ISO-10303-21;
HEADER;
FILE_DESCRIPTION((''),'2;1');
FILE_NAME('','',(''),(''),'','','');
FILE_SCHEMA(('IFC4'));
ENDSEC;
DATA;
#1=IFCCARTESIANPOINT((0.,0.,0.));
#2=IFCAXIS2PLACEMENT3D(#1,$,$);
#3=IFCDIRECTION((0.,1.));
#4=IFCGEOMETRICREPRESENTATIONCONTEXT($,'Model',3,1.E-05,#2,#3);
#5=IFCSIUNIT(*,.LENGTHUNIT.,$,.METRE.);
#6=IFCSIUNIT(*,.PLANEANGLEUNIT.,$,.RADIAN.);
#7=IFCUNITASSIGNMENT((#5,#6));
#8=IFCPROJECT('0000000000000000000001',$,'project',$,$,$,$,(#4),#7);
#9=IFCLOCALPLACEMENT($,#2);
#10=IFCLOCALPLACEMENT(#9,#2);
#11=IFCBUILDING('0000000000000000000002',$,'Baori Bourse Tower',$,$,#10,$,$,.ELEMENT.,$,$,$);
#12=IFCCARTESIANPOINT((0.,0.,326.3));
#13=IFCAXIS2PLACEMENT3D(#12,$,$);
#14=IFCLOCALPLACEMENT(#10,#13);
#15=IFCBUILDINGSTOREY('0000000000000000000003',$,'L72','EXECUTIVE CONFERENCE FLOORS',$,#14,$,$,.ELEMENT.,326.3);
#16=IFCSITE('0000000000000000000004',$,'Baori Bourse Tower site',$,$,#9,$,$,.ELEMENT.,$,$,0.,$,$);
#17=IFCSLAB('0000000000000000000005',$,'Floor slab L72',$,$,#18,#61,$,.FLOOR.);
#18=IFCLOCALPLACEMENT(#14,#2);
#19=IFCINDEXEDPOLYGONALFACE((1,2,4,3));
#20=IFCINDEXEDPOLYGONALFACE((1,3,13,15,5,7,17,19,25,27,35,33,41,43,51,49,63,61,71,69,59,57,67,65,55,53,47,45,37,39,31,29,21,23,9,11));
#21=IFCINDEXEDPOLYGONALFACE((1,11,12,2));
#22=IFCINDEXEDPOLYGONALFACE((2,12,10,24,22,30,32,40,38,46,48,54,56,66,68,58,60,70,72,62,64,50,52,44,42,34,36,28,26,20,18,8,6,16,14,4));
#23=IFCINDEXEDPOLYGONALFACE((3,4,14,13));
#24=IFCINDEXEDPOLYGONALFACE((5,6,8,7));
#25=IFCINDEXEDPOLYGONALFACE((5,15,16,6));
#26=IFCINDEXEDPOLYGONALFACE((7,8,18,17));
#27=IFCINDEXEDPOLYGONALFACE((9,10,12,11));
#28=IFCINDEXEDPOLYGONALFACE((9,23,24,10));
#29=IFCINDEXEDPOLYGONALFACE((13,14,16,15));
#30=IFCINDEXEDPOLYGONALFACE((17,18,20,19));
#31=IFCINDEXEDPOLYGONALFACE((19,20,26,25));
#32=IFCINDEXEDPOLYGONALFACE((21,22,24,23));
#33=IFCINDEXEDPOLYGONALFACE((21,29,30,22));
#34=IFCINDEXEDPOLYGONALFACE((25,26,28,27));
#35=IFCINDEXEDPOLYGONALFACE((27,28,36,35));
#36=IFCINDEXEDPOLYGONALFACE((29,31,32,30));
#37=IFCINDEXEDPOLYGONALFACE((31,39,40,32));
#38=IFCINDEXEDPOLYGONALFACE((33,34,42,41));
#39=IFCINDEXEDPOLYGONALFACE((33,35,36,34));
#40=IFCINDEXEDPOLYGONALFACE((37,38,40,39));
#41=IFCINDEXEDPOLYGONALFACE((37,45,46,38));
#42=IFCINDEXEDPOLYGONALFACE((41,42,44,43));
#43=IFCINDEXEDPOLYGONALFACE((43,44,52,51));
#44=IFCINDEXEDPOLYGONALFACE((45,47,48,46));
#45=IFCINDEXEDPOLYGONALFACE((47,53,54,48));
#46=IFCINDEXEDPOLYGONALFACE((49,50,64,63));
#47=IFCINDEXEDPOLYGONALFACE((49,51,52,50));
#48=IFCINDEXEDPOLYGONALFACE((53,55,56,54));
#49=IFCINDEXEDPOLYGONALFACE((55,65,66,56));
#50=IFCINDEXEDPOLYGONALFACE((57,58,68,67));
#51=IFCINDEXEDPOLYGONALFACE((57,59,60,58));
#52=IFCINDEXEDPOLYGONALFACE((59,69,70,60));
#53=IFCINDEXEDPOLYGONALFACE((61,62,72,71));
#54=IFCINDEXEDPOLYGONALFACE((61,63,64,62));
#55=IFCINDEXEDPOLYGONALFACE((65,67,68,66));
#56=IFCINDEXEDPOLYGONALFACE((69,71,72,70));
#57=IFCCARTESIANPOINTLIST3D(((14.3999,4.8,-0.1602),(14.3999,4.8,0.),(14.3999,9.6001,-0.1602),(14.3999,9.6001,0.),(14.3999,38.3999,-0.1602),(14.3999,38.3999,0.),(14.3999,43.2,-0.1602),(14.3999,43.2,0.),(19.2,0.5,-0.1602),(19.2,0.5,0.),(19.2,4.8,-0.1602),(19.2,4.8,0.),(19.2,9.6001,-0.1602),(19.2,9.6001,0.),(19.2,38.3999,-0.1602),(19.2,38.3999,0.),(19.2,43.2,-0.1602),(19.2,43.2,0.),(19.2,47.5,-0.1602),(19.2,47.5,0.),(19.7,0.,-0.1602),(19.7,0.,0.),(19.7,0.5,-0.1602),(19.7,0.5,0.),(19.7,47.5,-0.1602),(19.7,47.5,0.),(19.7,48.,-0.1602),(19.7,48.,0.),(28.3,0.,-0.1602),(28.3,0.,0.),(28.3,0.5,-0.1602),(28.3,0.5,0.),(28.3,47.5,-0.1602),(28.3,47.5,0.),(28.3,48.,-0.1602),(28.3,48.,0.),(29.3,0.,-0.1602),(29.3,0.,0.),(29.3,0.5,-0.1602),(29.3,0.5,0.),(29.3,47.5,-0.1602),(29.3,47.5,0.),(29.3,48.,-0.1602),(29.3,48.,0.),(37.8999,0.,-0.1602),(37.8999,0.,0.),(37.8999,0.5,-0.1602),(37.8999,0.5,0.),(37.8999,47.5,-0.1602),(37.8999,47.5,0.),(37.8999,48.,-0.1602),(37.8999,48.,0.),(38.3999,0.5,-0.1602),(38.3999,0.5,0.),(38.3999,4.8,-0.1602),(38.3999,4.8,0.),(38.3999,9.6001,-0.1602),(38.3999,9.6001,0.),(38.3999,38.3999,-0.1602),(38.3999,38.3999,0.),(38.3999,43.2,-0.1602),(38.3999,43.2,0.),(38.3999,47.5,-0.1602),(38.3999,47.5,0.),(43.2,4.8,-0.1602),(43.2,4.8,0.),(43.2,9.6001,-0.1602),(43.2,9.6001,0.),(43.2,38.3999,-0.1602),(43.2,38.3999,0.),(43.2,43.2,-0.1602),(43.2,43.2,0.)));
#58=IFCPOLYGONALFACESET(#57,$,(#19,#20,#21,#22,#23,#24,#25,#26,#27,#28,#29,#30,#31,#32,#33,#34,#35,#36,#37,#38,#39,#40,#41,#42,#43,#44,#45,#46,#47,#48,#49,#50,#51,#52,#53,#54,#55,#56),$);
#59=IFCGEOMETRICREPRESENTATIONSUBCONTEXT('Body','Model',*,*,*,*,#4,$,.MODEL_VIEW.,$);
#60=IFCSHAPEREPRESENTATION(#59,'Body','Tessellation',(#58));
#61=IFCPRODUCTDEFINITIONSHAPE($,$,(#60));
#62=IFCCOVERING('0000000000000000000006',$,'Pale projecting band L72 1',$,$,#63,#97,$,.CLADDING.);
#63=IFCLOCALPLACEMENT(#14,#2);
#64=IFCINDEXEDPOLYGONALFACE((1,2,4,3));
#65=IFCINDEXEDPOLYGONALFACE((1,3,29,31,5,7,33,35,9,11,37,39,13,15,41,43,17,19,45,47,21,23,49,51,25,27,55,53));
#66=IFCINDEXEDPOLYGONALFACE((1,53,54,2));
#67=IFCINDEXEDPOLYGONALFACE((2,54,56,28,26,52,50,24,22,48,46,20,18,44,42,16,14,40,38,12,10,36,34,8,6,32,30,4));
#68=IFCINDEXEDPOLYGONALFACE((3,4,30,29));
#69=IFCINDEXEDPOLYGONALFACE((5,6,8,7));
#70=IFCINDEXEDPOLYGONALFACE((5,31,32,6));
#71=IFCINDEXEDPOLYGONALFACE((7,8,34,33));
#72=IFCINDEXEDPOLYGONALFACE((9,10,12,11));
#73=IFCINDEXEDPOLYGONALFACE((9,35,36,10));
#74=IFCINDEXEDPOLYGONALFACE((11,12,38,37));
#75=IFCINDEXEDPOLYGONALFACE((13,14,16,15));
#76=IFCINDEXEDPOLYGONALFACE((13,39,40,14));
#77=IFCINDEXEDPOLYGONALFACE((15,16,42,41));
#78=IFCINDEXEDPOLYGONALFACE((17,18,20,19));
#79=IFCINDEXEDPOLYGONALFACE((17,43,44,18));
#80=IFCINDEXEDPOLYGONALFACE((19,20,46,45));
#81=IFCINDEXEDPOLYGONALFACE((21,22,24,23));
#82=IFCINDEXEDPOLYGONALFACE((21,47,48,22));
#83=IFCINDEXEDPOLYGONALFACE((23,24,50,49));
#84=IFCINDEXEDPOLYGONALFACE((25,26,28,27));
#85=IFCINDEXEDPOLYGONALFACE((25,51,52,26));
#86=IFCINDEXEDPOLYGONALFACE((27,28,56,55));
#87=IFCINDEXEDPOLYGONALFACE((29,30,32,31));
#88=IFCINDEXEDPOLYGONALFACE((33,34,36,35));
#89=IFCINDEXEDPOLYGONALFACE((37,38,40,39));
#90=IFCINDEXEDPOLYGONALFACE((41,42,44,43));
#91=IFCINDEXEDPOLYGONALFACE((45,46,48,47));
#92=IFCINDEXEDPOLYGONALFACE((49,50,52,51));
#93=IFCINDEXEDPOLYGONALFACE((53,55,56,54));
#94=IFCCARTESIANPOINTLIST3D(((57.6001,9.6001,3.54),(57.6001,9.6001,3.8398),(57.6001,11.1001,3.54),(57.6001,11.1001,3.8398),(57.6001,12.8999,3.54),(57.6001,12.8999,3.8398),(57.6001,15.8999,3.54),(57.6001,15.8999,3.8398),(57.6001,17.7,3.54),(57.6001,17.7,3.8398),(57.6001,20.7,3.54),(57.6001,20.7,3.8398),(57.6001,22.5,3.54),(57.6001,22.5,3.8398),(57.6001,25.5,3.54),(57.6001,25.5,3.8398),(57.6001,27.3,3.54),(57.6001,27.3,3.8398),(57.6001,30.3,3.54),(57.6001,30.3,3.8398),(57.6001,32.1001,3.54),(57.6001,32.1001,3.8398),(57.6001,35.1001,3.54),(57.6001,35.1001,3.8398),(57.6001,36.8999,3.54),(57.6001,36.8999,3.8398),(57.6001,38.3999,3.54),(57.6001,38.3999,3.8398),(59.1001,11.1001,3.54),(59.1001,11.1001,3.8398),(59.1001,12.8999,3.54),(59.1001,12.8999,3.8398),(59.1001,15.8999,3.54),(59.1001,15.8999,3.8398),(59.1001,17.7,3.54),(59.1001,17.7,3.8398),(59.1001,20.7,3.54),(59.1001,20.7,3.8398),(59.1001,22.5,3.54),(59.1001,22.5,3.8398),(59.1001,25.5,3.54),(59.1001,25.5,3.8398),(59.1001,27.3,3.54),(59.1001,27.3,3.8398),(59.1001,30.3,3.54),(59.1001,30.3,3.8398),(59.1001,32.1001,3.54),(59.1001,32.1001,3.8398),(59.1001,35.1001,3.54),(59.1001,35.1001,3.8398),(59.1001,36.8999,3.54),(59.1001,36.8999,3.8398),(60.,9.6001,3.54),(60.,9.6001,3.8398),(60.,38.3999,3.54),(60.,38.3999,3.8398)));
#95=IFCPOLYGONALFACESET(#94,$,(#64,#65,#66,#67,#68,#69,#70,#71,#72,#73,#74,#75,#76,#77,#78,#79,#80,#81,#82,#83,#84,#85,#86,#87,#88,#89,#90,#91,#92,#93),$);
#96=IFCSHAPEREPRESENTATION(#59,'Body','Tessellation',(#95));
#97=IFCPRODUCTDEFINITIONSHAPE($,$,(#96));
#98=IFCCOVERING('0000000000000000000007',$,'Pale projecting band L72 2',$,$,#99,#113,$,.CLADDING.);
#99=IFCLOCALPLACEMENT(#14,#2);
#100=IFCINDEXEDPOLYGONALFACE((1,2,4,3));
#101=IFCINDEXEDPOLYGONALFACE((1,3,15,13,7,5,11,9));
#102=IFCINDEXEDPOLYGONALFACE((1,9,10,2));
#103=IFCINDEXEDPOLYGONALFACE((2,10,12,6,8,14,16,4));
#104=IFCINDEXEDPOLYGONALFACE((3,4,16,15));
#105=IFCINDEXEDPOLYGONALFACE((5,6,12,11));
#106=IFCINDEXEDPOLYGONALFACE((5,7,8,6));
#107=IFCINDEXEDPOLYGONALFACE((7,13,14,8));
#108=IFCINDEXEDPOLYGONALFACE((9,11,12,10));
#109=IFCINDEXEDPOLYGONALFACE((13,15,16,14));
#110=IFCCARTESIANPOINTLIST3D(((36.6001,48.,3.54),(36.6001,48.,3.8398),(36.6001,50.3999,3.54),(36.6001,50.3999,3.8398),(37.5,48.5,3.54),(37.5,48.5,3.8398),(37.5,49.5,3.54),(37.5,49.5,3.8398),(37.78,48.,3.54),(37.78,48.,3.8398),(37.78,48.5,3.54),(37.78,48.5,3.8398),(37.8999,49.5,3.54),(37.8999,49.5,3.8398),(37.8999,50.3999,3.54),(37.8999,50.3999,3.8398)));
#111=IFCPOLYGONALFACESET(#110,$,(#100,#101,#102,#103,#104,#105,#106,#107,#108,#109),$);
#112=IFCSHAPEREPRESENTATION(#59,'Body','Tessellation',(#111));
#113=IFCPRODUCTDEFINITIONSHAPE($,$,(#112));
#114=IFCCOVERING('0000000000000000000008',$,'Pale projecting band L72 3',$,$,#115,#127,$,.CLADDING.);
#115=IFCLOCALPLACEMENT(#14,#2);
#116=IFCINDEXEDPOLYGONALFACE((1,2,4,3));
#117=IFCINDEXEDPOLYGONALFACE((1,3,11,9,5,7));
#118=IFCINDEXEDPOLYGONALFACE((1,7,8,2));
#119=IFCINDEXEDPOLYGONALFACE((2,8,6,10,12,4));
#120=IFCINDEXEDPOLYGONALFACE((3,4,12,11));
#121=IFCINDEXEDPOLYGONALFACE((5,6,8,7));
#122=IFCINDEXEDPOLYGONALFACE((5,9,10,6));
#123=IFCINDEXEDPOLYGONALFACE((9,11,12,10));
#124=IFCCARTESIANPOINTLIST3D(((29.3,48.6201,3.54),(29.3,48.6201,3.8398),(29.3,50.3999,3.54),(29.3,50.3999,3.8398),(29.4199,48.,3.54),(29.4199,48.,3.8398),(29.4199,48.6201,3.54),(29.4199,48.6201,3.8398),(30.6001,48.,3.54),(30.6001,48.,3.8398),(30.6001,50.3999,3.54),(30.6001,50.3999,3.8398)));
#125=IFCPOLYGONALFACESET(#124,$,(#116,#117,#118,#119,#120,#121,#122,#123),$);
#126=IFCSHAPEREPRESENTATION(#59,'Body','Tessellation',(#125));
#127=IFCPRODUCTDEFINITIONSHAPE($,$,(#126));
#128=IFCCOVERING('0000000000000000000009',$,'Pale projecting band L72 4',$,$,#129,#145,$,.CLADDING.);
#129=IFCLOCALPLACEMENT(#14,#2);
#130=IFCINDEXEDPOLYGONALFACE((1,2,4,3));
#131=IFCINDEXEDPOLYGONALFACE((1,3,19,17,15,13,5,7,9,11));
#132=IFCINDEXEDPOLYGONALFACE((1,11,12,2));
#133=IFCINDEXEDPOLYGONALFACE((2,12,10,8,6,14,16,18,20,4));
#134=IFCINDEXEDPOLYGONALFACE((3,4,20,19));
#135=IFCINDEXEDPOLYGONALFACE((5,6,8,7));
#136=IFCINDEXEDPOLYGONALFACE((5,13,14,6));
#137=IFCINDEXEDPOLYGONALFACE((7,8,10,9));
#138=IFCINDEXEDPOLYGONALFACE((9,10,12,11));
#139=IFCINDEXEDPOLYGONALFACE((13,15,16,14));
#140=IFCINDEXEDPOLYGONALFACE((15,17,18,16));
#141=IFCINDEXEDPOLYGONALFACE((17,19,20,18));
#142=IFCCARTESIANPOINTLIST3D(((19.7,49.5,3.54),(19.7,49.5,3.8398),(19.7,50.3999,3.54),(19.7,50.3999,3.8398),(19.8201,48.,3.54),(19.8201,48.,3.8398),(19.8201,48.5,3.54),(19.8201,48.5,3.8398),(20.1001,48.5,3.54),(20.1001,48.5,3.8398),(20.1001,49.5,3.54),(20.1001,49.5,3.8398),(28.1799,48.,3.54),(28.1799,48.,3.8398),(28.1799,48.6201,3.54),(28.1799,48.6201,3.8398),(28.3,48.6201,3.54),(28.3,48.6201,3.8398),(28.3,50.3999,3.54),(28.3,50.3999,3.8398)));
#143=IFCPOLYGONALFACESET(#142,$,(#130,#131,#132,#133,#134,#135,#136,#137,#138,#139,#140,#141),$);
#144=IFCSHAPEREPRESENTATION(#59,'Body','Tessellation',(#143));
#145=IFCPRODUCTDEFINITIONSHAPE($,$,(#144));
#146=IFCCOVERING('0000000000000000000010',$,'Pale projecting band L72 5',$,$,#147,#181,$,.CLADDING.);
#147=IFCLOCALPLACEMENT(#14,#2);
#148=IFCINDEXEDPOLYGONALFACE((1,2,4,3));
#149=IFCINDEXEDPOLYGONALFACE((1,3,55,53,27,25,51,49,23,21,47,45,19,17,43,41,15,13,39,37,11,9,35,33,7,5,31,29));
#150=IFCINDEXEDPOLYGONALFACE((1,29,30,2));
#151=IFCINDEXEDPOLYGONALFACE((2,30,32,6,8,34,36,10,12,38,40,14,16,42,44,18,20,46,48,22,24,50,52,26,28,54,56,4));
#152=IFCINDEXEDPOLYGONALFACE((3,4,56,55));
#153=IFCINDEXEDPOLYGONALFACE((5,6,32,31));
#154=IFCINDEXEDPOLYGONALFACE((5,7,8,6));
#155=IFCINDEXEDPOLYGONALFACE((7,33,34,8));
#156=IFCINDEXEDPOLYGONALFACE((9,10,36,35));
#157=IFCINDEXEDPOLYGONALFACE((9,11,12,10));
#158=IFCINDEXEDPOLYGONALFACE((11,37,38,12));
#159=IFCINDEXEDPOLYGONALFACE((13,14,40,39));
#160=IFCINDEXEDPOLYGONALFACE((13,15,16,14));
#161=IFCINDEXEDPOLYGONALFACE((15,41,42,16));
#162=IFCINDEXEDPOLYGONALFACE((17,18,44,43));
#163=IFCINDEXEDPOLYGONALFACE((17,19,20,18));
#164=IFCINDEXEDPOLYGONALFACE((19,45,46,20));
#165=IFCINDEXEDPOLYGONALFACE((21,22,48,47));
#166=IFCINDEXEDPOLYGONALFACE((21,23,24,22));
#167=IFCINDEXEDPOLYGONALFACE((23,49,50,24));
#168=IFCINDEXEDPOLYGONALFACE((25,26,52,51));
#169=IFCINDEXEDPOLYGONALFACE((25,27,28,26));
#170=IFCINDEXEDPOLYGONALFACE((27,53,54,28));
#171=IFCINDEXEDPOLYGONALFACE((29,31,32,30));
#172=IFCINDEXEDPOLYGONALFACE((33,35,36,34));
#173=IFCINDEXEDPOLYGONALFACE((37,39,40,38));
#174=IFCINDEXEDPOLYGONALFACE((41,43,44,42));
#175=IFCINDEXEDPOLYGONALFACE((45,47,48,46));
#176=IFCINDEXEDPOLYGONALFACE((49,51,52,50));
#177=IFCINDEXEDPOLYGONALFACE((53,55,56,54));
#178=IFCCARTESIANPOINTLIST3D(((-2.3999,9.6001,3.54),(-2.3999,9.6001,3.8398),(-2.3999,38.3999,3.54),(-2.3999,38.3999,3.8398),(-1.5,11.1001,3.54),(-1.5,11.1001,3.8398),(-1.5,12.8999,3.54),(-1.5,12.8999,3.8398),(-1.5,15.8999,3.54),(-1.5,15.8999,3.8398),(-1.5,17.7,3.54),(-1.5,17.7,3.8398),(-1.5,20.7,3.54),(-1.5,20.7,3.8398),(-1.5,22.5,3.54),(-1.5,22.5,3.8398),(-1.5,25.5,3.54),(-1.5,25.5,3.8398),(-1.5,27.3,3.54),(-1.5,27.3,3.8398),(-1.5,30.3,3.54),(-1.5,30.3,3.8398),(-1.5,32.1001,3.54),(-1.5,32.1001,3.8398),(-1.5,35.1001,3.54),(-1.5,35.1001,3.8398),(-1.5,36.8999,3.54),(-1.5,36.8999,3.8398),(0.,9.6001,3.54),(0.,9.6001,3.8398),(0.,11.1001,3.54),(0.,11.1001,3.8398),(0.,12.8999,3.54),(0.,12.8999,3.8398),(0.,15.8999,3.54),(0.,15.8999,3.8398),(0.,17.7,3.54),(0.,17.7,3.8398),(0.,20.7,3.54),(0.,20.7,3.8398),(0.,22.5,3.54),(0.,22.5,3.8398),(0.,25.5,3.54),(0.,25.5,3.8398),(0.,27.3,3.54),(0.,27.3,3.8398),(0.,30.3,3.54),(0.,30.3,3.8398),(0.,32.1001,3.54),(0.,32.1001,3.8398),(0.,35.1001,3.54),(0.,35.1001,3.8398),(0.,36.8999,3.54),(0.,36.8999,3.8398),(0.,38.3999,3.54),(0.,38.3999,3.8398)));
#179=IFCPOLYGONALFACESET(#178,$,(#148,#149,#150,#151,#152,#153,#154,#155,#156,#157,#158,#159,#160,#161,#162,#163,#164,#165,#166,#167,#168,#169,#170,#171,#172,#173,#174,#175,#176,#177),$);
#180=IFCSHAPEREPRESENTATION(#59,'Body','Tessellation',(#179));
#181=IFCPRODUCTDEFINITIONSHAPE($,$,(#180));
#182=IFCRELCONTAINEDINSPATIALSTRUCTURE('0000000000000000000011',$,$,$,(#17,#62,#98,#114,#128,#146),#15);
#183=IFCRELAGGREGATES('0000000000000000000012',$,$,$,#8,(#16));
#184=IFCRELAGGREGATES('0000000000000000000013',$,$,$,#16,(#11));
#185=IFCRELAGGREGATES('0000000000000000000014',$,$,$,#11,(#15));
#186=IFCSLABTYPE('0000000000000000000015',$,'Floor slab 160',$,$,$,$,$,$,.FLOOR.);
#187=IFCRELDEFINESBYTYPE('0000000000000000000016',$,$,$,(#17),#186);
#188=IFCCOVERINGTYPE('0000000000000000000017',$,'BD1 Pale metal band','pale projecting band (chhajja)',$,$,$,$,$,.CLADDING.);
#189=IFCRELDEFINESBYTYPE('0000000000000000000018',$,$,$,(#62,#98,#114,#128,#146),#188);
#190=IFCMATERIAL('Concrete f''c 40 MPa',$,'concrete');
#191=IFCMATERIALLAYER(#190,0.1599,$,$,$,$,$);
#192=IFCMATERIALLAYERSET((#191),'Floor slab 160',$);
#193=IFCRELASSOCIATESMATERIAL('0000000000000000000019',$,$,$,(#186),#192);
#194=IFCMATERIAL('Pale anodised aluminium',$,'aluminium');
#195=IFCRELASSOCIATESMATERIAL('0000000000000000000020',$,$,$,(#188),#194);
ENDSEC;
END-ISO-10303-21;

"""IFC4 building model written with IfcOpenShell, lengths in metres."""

from ifc_helpers import new_model, si_unit, direction, frame, origin, place, context, subcontext, project, spatial, polyline, outline, extrude, material, layer, layer_set, type_object, element, save


model = new_model("IFC4")

# Units and contexts
model_context = context("Model", 3, precision=1e-05, world=origin(), true_north=direction((0.0, 1.0)))
body_context = subcontext(model_context, "Body", "Model", "MODEL_VIEW")
ifc_project = project(units=[si_unit("LENGTHUNIT", "METRE"), si_unit("PLANEANGLEUNIT", "RADIAN")], contexts=[model_context])

# Site, building, storey
site_placement = place(None, origin())
site = spatial("IfcSite", under=ifc_project, at=site_placement, Name="Baori Bourse Tower site", CompositionType="ELEMENT", RefElevation=0.0)
building_placement = place(site_placement, origin())
building = spatial("IfcBuilding", under=site, at=building_placement, Name="Baori Bourse Tower", CompositionType="ELEMENT")
storey_placement = place(building_placement, frame((0.0, 0.0, 326.3)))
storey = spatial("IfcBuildingStorey", under=building, at=storey_placement, Name="L72", Description="EXECUTIVE CONFERENCE FLOORS", CompositionType="ELEMENT", Elevation=326.3)

# Slab
ifc_material_1 = material(Name="Concrete f'c 40 MPa", Category="concrete")
ifc_layer_1 = layer(ifc_material_1, 0.1599)
ifc_layer_set_1 = layer_set([ifc_layer_1], Name="Floor slab 160")
slab_type_1 = type_object("IfcSlabType", Name="Floor slab 160", PredefinedType="FLOOR", material=ifc_layer_set_1)
slab_1_placement = place(storey_placement, frame((0.0, 0.0, -0.1602)))
element("IfcSlab", 1, at=slab_1_placement, inside=storey, type_object=slab_type_1, Name="Floor slab L72", PredefinedType="FLOOR", context=body_context, shape_type="SweptSolid", body=[
    extrude(outline(polyline([(19.2, 4.8), (14.3999, 4.8), (14.3999, 9.6001), (19.2, 9.6001), (19.2, 38.3999), (14.3999, 38.3999), (14.3999, 43.2), (19.2, 43.2), (19.2, 47.5), (19.7, 47.5), (19.7, 48.0), (28.3, 48.0), (28.3, 47.5), (29.3, 47.5), (29.3, 48.0), (37.8999, 48.0), (37.8999, 47.5), (38.3999, 47.5), (38.3999, 43.2), (43.2, 43.2), (43.2, 38.3999), (38.3999, 38.3999), (38.3999, 9.6001), (43.2, 9.6001), (43.2, 4.8), (38.3999, 4.8), (38.3999, 0.5), (37.8999, 0.5), (37.8999, 0.0), (29.3, 0.0), (29.3, 0.5), (28.3, 0.5), (28.3, 0.0), (19.7, 0.0), (19.7, 0.5), (19.2, 0.5), (19.2, 4.8)])), origin(), (0.0, 0.0, 1.0), 0.1602),
])

# Coverings
ifc_material_2 = material(Name="Pale anodised aluminium", Category="aluminium")
covering_type_1 = type_object("IfcCoveringType", Name="BD1 Pale metal band", Description="pale projecting band (chhajja)", PredefinedType="CLADDING", material=ifc_material_2)
covering_1_placement = place(storey_placement, frame((0.0, 0.0, 3.54)))
element("IfcCovering", 2, at=covering_1_placement, inside=storey, type_object=covering_type_1, Name="Pale projecting band L72 1", PredefinedType="CLADDING", context=body_context, shape_type="SweptSolid", body=[
    extrude(outline(polyline([(57.6001, 11.1001), (57.6001, 9.6001), (60.0, 9.6001), (60.0, 38.3999), (57.6001, 38.3999), (57.6001, 36.8999), (59.1001, 36.8999), (59.1001, 35.1001), (57.6001, 35.1001), (57.6001, 32.1001), (59.1001, 32.1001), (59.1001, 30.3), (57.6001, 30.3), (57.6001, 27.3), (59.1001, 27.3), (59.1001, 25.5), (57.6001, 25.5), (57.6001, 22.5), (59.1001, 22.5), (59.1001, 20.7), (57.6001, 20.7), (57.6001, 17.7), (59.1001, 17.7), (59.1001, 15.8999), (57.6001, 15.8999), (57.6001, 12.8999), (59.1001, 12.8999), (59.1001, 11.1001), (57.6001, 11.1001)])), origin(), (0.0, 0.0, 1.0), 0.2998),
])
covering_2_placement = place(storey_placement, frame((0.0, 0.0, 3.54)))
element("IfcCovering", 3, at=covering_2_placement, inside=storey, type_object=covering_type_1, Name="Pale projecting band L72 2", PredefinedType="CLADDING", context=body_context, shape_type="SweptSolid", body=[
    extrude(outline(polyline([(36.6001, 48.0), (37.78, 48.0), (37.78, 48.5), (37.5, 48.5), (37.5, 49.5), (37.8999, 49.5), (37.8999, 50.3999), (36.6001, 50.3999), (36.6001, 48.0)])), origin(), (0.0, 0.0, 1.0), 0.2998),
])
covering_3_placement = place(storey_placement, frame((0.0, 0.0, 3.54)))
element("IfcCovering", 4, at=covering_3_placement, inside=storey, type_object=covering_type_1, Name="Pale projecting band L72 3", PredefinedType="CLADDING", context=body_context, shape_type="SweptSolid", body=[
    extrude(outline(polyline([(29.4199, 48.0), (30.6001, 48.0), (30.6001, 50.3999), (29.3, 50.3999), (29.3, 48.6201), (29.4199, 48.6201), (29.4199, 48.0)])), origin(), (0.0, 0.0, 1.0), 0.2998),
])
covering_4_placement = place(storey_placement, frame((0.0, 0.0, 3.54)))
element("IfcCovering", 5, at=covering_4_placement, inside=storey, type_object=covering_type_1, Name="Pale projecting band L72 4", PredefinedType="CLADDING", context=body_context, shape_type="SweptSolid", body=[
    extrude(outline(polyline([(19.8201, 48.0), (28.1799, 48.0), (28.1799, 48.6201), (28.3, 48.6201), (28.3, 50.3999), (19.7, 50.3999), (19.7, 49.5), (20.1001, 49.5), (20.1001, 48.5), (19.8201, 48.5), (19.8201, 48.0)])), origin(), (0.0, 0.0, 1.0), 0.2998),
])
covering_5_placement = place(storey_placement, frame((0.0, 0.0, 3.54)))
element("IfcCovering", 6, at=covering_5_placement, inside=storey, type_object=covering_type_1, Name="Pale projecting band L72 5", PredefinedType="CLADDING", context=body_context, shape_type="SweptSolid", body=[
    extrude(outline(polyline([(0.0, 36.8999), (0.0, 38.3999), (-2.3999, 38.3999), (-2.3999, 9.6001), (0.0, 9.6001), (0.0, 11.1001), (-1.5, 11.1001), (-1.5, 12.8999), (0.0, 12.8999), (0.0, 15.8999), (-1.5, 15.8999), (-1.5, 17.7), (0.0, 17.7), (0.0, 20.7), (-1.5, 20.7), (-1.5, 22.5), (0.0, 22.5), (0.0, 25.5), (-1.5, 25.5), (-1.5, 27.3), (0.0, 27.3), (0.0, 30.3), (-1.5, 30.3), (-1.5, 32.1001), (0.0, 32.1001), (0.0, 35.1001), (-1.5, 35.1001), (-1.5, 36.8999), (0.0, 36.8999)])), origin(), (0.0, 0.0, 1.0), 0.2998),
])

save(model, "model.ifc")
